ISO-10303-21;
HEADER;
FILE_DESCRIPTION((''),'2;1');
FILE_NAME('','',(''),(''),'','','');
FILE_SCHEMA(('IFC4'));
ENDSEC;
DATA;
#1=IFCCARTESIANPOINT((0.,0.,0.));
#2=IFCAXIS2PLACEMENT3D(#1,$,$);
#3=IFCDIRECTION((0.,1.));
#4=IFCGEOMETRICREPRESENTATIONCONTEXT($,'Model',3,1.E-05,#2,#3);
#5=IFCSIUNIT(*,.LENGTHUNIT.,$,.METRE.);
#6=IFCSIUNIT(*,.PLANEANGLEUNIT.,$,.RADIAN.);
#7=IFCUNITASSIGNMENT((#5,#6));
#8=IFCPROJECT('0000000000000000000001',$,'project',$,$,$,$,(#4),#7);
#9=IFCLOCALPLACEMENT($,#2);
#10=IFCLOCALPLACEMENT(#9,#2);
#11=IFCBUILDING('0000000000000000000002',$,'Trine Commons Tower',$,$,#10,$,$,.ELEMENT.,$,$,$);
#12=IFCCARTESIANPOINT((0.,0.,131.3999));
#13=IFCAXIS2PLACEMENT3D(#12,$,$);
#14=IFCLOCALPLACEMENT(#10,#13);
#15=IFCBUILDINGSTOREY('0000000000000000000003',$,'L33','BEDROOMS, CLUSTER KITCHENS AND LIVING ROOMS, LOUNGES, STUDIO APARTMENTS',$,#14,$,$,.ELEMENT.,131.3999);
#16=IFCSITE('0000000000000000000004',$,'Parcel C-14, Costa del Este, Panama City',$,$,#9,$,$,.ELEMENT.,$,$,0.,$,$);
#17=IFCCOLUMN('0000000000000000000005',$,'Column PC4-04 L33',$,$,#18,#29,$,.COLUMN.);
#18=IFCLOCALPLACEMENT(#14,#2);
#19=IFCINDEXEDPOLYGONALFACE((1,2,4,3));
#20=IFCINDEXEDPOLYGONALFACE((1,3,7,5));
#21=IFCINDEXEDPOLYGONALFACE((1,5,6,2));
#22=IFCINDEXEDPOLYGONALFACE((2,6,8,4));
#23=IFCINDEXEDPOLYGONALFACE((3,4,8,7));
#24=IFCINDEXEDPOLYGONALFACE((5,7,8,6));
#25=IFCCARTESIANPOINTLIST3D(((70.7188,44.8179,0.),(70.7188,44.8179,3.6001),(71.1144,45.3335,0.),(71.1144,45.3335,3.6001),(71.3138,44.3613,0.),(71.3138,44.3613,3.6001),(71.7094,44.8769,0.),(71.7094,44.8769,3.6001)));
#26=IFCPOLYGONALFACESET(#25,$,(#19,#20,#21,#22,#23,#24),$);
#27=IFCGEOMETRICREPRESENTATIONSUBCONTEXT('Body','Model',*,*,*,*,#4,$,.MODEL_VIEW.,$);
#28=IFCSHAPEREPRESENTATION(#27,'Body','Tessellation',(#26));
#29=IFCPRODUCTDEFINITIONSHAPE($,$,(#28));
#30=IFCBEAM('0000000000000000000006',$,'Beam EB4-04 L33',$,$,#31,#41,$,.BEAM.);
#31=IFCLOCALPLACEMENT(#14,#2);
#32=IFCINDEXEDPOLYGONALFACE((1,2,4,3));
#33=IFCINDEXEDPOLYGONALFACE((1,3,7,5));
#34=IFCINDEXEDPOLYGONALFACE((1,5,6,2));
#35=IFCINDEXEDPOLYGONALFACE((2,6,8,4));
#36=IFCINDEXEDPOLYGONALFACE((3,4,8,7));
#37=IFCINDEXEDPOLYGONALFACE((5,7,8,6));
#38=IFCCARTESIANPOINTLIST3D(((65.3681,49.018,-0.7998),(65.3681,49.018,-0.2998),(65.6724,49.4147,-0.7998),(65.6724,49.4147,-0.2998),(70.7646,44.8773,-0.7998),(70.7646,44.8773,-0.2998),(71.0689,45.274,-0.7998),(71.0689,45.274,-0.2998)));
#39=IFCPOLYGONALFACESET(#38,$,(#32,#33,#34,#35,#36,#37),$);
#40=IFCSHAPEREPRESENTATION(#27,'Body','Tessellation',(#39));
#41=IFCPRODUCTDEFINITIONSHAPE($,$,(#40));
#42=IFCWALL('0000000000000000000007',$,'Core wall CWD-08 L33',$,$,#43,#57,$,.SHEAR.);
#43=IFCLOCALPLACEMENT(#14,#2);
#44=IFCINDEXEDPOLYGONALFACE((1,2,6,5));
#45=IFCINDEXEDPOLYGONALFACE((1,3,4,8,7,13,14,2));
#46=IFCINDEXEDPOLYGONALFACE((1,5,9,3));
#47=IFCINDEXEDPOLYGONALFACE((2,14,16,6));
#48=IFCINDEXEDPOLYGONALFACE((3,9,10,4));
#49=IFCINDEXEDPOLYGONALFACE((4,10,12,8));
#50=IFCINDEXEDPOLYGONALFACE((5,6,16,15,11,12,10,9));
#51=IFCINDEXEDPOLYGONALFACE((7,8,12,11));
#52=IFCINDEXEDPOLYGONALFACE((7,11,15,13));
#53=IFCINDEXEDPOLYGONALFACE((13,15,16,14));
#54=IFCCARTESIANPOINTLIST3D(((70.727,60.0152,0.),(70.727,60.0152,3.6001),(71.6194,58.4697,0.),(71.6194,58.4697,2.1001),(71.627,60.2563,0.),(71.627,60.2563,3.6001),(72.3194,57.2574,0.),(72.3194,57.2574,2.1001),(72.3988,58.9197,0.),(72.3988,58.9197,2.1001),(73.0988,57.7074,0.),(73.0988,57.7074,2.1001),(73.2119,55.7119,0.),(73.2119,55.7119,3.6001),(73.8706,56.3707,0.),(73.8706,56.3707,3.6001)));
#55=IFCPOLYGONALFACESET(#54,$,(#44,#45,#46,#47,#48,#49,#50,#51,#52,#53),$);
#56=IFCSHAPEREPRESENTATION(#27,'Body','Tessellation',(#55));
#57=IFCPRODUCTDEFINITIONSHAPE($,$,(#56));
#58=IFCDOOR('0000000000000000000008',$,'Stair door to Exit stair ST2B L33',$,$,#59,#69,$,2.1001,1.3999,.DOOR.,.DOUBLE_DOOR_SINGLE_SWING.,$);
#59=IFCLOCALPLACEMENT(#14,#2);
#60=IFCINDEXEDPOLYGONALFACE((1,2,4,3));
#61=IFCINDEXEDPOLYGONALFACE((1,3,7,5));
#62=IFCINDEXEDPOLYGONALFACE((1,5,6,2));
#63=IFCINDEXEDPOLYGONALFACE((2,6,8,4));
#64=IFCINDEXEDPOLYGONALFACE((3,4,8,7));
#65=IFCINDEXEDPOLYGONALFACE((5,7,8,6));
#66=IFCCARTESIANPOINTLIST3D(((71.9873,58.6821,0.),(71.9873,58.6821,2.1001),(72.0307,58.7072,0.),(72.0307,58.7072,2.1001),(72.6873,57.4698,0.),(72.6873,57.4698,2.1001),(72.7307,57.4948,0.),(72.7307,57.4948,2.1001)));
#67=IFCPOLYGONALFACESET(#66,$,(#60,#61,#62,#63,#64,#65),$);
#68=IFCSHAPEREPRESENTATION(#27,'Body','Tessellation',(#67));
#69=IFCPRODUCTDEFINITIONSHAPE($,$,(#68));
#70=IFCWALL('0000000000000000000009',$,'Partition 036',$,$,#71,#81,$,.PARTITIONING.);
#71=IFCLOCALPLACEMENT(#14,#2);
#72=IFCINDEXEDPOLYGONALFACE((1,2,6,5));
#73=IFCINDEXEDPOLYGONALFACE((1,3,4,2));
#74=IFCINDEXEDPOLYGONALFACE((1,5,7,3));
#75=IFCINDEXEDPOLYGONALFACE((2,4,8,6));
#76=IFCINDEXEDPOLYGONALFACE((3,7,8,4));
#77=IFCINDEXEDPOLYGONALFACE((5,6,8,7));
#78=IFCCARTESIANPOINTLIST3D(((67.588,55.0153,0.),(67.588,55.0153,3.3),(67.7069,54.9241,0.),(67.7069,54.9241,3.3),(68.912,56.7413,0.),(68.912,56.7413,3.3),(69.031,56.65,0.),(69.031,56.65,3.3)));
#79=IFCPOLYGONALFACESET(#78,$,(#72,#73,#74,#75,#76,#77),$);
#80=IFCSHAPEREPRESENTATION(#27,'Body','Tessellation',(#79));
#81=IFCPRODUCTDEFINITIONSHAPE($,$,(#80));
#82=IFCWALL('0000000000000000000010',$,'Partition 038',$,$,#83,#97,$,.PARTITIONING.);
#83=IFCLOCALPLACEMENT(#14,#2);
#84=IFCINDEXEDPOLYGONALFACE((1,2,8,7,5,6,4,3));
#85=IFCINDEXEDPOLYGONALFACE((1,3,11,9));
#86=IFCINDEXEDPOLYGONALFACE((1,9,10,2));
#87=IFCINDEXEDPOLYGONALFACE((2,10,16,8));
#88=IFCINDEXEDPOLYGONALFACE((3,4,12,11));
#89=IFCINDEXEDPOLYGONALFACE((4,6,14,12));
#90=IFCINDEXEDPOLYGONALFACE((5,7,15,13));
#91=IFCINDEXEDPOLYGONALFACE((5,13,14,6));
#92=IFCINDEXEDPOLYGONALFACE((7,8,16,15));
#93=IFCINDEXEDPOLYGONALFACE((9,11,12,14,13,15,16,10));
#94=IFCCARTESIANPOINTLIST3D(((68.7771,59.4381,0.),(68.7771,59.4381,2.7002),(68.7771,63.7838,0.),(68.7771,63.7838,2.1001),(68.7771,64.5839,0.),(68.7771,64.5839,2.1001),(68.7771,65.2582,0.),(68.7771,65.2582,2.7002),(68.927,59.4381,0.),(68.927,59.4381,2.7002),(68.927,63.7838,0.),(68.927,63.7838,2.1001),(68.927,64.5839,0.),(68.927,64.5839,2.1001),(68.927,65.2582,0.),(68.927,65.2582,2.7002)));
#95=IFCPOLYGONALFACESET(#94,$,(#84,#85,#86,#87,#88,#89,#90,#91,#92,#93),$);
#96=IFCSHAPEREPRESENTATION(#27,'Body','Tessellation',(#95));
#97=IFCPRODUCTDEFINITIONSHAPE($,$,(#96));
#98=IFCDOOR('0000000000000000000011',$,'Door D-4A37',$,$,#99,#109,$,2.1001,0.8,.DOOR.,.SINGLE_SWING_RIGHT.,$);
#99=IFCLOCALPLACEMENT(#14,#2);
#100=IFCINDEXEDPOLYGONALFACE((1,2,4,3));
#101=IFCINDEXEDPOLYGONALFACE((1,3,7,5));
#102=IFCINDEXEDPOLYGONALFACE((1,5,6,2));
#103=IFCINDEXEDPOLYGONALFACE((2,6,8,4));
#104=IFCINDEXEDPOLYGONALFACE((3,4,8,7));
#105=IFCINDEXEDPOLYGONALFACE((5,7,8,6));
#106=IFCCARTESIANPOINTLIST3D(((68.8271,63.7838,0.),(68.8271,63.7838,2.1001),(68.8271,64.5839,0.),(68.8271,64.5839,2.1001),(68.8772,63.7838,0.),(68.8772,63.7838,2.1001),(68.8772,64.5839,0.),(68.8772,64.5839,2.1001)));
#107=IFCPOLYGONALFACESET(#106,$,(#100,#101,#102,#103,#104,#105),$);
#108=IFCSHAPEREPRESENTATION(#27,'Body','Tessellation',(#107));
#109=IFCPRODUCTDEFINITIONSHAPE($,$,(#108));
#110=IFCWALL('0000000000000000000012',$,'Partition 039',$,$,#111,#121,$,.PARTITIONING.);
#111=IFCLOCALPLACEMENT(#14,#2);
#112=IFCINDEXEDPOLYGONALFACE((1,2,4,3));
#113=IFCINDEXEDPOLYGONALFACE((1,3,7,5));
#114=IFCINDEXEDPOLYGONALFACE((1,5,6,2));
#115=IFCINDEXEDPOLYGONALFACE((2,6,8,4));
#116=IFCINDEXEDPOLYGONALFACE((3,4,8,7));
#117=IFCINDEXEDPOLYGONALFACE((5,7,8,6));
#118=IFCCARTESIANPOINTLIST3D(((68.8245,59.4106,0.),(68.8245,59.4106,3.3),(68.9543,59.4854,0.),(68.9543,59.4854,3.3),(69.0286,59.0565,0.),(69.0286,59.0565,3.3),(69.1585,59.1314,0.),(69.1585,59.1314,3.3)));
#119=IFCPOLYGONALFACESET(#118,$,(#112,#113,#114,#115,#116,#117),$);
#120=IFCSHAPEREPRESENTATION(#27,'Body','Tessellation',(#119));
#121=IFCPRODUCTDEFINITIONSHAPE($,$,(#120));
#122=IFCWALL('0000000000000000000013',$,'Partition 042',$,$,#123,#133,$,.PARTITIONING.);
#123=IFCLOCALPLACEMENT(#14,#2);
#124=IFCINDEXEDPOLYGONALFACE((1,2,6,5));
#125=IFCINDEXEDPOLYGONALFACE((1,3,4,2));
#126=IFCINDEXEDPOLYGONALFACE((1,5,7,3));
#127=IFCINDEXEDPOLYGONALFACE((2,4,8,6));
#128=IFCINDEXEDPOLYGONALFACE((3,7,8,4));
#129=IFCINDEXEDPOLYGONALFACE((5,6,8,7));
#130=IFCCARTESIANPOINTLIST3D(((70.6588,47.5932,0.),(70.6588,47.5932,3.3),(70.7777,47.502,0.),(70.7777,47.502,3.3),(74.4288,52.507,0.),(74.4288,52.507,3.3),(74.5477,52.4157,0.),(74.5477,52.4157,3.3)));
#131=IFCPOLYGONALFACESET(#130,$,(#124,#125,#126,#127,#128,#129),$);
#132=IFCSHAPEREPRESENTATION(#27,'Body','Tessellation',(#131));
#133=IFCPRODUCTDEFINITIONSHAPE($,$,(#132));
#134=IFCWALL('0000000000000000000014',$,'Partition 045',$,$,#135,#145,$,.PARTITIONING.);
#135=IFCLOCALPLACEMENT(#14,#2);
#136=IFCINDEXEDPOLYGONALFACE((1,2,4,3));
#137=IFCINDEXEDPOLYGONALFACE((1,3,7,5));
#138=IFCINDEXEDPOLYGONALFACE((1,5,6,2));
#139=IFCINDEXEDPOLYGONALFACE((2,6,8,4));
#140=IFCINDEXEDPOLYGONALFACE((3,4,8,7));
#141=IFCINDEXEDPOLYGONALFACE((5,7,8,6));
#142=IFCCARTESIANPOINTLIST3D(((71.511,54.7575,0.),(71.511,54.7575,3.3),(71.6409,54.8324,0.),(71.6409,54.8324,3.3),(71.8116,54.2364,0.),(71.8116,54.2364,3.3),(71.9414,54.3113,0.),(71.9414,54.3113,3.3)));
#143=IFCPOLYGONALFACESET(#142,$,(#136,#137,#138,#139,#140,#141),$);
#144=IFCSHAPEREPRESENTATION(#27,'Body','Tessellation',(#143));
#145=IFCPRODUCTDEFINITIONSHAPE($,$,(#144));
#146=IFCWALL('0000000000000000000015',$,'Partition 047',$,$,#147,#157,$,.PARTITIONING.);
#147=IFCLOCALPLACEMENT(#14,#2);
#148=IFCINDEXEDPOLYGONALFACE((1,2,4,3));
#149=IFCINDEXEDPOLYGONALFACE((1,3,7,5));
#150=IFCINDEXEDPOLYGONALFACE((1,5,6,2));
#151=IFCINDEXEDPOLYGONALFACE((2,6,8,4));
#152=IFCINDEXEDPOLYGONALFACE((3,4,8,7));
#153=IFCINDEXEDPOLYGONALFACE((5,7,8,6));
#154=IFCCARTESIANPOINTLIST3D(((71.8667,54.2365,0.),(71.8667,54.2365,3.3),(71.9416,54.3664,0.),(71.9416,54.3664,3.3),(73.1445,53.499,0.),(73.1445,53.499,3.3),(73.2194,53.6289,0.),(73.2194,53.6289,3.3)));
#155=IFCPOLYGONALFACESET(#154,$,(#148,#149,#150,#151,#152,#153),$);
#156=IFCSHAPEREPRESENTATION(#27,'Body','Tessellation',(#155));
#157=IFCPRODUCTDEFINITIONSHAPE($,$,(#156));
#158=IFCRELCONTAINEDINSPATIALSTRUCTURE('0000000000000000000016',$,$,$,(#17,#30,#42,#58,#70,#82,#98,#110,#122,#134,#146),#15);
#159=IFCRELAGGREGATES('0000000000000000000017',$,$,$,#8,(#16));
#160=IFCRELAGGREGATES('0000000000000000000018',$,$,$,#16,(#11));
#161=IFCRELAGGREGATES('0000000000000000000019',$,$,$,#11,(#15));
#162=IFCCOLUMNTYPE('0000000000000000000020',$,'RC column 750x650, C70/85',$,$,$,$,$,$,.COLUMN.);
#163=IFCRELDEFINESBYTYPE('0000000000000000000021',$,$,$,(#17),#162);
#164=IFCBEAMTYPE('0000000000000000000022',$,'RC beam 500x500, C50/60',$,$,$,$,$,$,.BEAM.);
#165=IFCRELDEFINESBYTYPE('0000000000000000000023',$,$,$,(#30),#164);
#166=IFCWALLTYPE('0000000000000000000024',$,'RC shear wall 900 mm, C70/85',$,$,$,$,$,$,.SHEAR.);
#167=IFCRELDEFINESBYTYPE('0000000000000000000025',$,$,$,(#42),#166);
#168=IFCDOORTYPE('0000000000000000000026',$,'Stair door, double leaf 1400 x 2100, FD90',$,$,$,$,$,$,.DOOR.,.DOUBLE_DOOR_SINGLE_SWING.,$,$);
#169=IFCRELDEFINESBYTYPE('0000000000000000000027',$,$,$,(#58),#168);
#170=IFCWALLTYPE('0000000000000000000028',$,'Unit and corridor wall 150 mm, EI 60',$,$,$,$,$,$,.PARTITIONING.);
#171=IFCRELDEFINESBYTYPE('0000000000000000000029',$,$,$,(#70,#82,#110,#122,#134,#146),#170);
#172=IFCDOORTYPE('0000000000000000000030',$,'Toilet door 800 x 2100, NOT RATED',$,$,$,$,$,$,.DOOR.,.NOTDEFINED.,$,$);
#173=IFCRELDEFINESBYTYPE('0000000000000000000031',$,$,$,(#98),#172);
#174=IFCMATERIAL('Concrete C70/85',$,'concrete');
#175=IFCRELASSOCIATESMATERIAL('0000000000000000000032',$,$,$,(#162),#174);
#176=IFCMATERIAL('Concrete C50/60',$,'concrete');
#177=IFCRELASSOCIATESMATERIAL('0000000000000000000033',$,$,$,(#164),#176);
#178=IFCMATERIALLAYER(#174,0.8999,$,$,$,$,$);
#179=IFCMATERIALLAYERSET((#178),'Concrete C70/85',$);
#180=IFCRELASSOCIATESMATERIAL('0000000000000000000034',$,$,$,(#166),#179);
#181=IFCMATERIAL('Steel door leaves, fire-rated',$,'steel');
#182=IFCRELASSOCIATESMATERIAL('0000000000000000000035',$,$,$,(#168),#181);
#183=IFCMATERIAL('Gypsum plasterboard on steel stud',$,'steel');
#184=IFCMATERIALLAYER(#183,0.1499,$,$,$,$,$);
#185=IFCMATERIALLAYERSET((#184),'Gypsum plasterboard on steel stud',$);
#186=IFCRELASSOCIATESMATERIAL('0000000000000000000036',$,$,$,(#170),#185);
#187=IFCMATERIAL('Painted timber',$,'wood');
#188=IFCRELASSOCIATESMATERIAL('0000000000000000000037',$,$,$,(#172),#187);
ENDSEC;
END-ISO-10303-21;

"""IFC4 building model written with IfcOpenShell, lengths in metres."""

from ifc_helpers import new_model, si_unit, direction, frame, frame_2d, origin, origin_2d, place, context, subcontext, project, spatial, polyline, rectangle, outline, extrude, material, layer, layer_set, material_profile, profile_set, type_object, element, fill, save


model = new_model("IFC4")

# Units and contexts
model_context = context("Model", 3, precision=1e-05, world=origin(), true_north=direction((0.0, 1.0)))
body_context = subcontext(model_context, "Body", "Model", "MODEL_VIEW")
ifc_project = project(units=[si_unit("LENGTHUNIT", "METRE"), si_unit("PLANEANGLEUNIT", "RADIAN")], contexts=[model_context])

# Site, building, storey
site_placement = place(None, origin())
site = spatial("IfcSite", under=ifc_project, at=site_placement, Name="Parcel C-14, Costa del Este, Panama City", CompositionType="ELEMENT", RefElevation=0.0)
building_placement = place(site_placement, origin())
building = spatial("IfcBuilding", under=site, at=building_placement, Name="Trine Commons Tower", CompositionType="ELEMENT")
storey_placement = place(building_placement, frame((0.0, 0.0, 131.3999)))
storey = spatial("IfcBuildingStorey", under=building, at=storey_placement, Name="L33", Description="BEDROOMS, CLUSTER KITCHENS AND LIVING ROOMS, LOUNGES, STUDIO APARTMENTS", CompositionType="ELEMENT", Elevation=131.3999)

# Column
ifc_material_1 = material(Name="Concrete C70/85", Category="concrete")
ifc_material_profile_1 = material_profile(ifc_material_1, rectangle(XDim=0.75, YDim=0.6499, at=origin_2d()), Name="RC 750x650")
ifc_profile_set_1 = profile_set([ifc_material_profile_1], Name="Concrete C70/85")
column_type = type_object("IfcColumnType", Name="RC column 750x650, C70/85", PredefinedType="COLUMN", material=ifc_profile_set_1)
column_placement = place(storey_placement, frame((71.2141, 44.8474, 0.0), z_axis=(0.0, 0.0, 1.0), x_axis=(-0.793353, 0.608761, 0.0)))
element("IfcColumn", 1, at=column_placement, inside=storey, type_object=column_type, Name="Column PC4-04 L33", PredefinedType="COLUMN", context=body_context, shape_type="SweptSolid", body=[
    extrude(rectangle(XDim=0.75, YDim=0.6499, at=origin_2d()), origin(), (0.0, 0.0, 1.0), 3.6001),
])

# Beam
ifc_material_2 = material(Name="Concrete C50/60", Category="concrete")
ifc_material_profile_2 = material_profile(ifc_material_2, rectangle(XDim=0.5, YDim=0.5, at=origin_2d()), Name="RC 500x500")
ifc_profile_set_2 = profile_set([ifc_material_profile_2], Name="Concrete C50/60")
beam_type = type_object("IfcBeamType", Name="RC beam 500x500, C50/60", PredefinedType="BEAM", material=ifc_profile_set_2)
beam_placement = place(storey_placement, frame((70.9167, 45.0757, -0.5498), z_axis=(-0.793371, 0.608739, 0.0), x_axis=(-0.608739, -0.793371, 0.0)))
element("IfcBeam", 2, at=beam_placement, inside=storey, type_object=beam_type, Name="Beam EB4-04 L33", PredefinedType="BEAM", context=body_context, shape_type="SweptSolid", body=[
    extrude(rectangle(XDim=0.5, YDim=0.5, at=origin_2d()), origin(), (0.0, 0.0, 1.0), 6.802),
])

# Wall, opening, door
ifc_layer_1 = layer(ifc_material_1, 0.8999)
ifc_layer_set_1 = layer_set([ifc_layer_1], Name="Concrete C70/85")
wall_type_1 = type_object("IfcWallType", Name="RC shear wall 900 mm, C70/85", PredefinedType="SHEAR", material=ifc_layer_set_1)
wall_1_placement = place(storey_placement, frame((71.1167, 60.2402, 0.0), z_axis=(0.0, 0.0, 1.0), x_axis=(0.500039, -0.866003, 0.0)))
wall_1 = element("IfcWall", 3, at=wall_1_placement, inside=storey, type_object=wall_type_1, Name="Core wall CWD-08 L33", PredefinedType="SHEAR", context=body_context, shape_type="SweptSolid", body=[
    extrude(outline(polyline([(0.0, -0.45), (4.9692, -0.45), (4.728, 0.45), (0.2412, 0.45), (0.0, -0.45)])), origin(), (0.0, 0.0, 1.0), 3.6001),
])
opening_1_placement = place(wall_1_placement, frame((1.7847, 0.0, 0.0)))
opening_1 = element("IfcOpeningElement", 4, at=opening_1_placement, cuts=wall_1, PredefinedType="OPENING", context=body_context, shape_type="SweptSolid", body=[
    extrude(rectangle(XDim=1.3999, YDim=2.1001, at=frame_2d((0.7, 1.05))), frame((0.0, 0.46, 0.0), z_axis=(0.0, -1.0, 0.0), x_axis=(1.0, 0.0, 0.0)), (0.0, 0.0, 1.0), 0.9199),
])
ifc_material_3 = material(Name="Steel door leaves, fire-rated", Category="steel")
door_type_1 = type_object("IfcDoorType", Name="Stair door, double leaf 1400 x 2100, FD90", OperationType="DOUBLE_DOOR_SINGLE_SWING", PredefinedType="DOOR", material=ifc_material_3)
door_1_placement = place(opening_1_placement, origin())
door_1 = element("IfcDoor", 5, at=door_1_placement, inside=storey, type_object=door_type_1, Name="Stair door to Exit stair ST2B L33", OperationType="DOUBLE_DOOR_SINGLE_SWING", OverallHeight=2.1001, OverallWidth=1.3999, PredefinedType="DOOR", context=body_context, shape_type="SweptSolid", body=[
    extrude(rectangle(XDim=1.3999, YDim=2.1001, at=frame_2d((0.7, 1.05))), frame((0.0, 0.0249, 0.0), z_axis=(0.0, -1.0, 0.0), x_axis=(1.0, 0.0, 0.0)), (0.0, 0.0, 1.0), 0.05),
])
fill(opening_1, door_1)

# Wall
ifc_material_4 = material(Name="Gypsum plasterboard on steel stud", Category="steel")
ifc_layer_2 = layer(ifc_material_4, 0.1499)
ifc_layer_set_2 = layer_set([ifc_layer_2], Name="Gypsum plasterboard on steel stud")
wall_type_2 = type_object("IfcWallType", Name="Unit and corridor wall 150 mm, EI 60", PredefinedType="PARTITIONING", material=ifc_layer_set_2)
wall_2_placement = place(storey_placement, frame((67.6475, 54.9697, 0.0), z_axis=(0.0, 0.0, 1.0), x_axis=(0.608674, 0.79342, 0.0)))
element("IfcWall", 6, at=wall_2_placement, inside=storey, type_object=wall_type_2, Name="Partition 036", PredefinedType="PARTITIONING", context=body_context, shape_type="SweptSolid", body=[
    extrude(rectangle(XDim=2.1753, YDim=0.1499, at=frame_2d((1.0876, 0.0))), origin(), (0.0, 0.0, 1.0), 3.3),
])

# Wall, opening, door
wall_3_placement = place(storey_placement, frame((68.8521, 59.438, 0.0), z_axis=(0.0, 0.0, 1.0), x_axis=(0.0, 1.0, 0.0)))
wall_3 = element("IfcWall", 7, at=wall_3_placement, inside=storey, type_object=wall_type_2, Name="Partition 038", PredefinedType="PARTITIONING", context=body_context, shape_type="SweptSolid", body=[
    extrude(rectangle(XDim=5.8201, YDim=0.1499, at=frame_2d((2.9102, 0.0))), origin(), (0.0, 0.0, 1.0), 2.7002),
])
opening_2_placement = place(wall_3_placement, frame((4.3459, 0.0, 0.0)))
opening_2 = element("IfcOpeningElement", 8, at=opening_2_placement, cuts=wall_3, PredefinedType="OPENING", context=body_context, shape_type="SweptSolid", body=[
    extrude(rectangle(XDim=0.8, YDim=2.1001, at=frame_2d((0.3999, 1.05))), frame((0.0, 0.085, 0.0), z_axis=(0.0, -1.0, 0.0), x_axis=(1.0, 0.0, 0.0)), (0.0, 0.0, 1.0), 0.1699),
])
ifc_material_5 = material(Name="Painted timber", Category="wood")
door_type_2 = type_object("IfcDoorType", Name="Toilet door 800 x 2100, NOT RATED", OperationType="NOTDEFINED", PredefinedType="DOOR", material=ifc_material_5)
door_2_placement = place(opening_2_placement, origin())
door_2 = element("IfcDoor", 9, at=door_2_placement, inside=storey, type_object=door_type_2, Name="Door D-4A37", OperationType="SINGLE_SWING_RIGHT", OverallHeight=2.1001, OverallWidth=0.8, PredefinedType="DOOR", context=body_context, shape_type="SweptSolid", body=[
    extrude(rectangle(XDim=0.8, YDim=2.1001, at=frame_2d((0.3999, 1.05))), frame((0.0, 0.0249, 0.0), z_axis=(0.0, -1.0, 0.0), x_axis=(1.0, 0.0, 0.0)), (0.0, 0.0, 1.0), 0.05),
])
fill(opening_2, door_2)

# Walls
wall_4_placement = place(storey_placement, frame((68.8894, 59.448, 0.0), z_axis=(0.0, 0.0, 1.0), x_axis=(0.499481, -0.866325, 0.0)))
element("IfcWall", 10, at=wall_4_placement, inside=storey, type_object=wall_type_2, Name="Partition 039", PredefinedType="PARTITIONING", context=body_context, shape_type="SweptSolid", body=[
    extrude(rectangle(XDim=0.4087, YDim=0.1499, at=frame_2d((0.2043, 0.0))), origin(), (0.0, 0.0, 1.0), 3.3),
])
wall_5_placement = place(storey_placement, frame((70.7183, 47.5476, 0.0), z_axis=(0.0, 0.0, 1.0), x_axis=(0.608712, 0.793391, 0.0)))
element("IfcWall", 11, at=wall_5_placement, inside=storey, type_object=wall_type_2, Name="Partition 042", PredefinedType="PARTITIONING", context=body_context, shape_type="SweptSolid", body=[
    extrude(rectangle(XDim=6.1934, YDim=0.1499, at=frame_2d((3.0967, 0.0))), origin(), (0.0, 0.0, 1.0), 3.3),
])
wall_6_placement = place(storey_placement, frame((71.5759, 54.7949, 0.0), z_axis=(0.0, 0.0, 1.0), x_axis=(0.499676, -0.866213, 0.0)))
element("IfcWall", 12, at=wall_6_placement, inside=storey, type_object=wall_type_2, Name="Partition 045", PredefinedType="PARTITIONING", context=body_context, shape_type="SweptSolid", body=[
    extrude(rectangle(XDim=0.6016, YDim=0.1499, at=frame_2d((0.3008, 0.0))), origin(), (0.0, 0.0, 1.0), 3.3),
])
wall_7_placement = place(storey_placement, frame((71.9041, 54.3015, 0.0), z_axis=(0.0, 0.0, 1.0), x_axis=(0.866086, -0.499894, 0.0)))
element("IfcWall", 13, at=wall_7_placement, inside=storey, type_object=wall_type_2, Name="Partition 047", PredefinedType="PARTITIONING", context=body_context, shape_type="SweptSolid", body=[
    extrude(rectangle(XDim=1.4753, YDim=0.1499, at=frame_2d((0.7378, 0.0))), origin(), (0.0, 0.0, 1.0), 3.3),
])

save(model, "model.ifc")
